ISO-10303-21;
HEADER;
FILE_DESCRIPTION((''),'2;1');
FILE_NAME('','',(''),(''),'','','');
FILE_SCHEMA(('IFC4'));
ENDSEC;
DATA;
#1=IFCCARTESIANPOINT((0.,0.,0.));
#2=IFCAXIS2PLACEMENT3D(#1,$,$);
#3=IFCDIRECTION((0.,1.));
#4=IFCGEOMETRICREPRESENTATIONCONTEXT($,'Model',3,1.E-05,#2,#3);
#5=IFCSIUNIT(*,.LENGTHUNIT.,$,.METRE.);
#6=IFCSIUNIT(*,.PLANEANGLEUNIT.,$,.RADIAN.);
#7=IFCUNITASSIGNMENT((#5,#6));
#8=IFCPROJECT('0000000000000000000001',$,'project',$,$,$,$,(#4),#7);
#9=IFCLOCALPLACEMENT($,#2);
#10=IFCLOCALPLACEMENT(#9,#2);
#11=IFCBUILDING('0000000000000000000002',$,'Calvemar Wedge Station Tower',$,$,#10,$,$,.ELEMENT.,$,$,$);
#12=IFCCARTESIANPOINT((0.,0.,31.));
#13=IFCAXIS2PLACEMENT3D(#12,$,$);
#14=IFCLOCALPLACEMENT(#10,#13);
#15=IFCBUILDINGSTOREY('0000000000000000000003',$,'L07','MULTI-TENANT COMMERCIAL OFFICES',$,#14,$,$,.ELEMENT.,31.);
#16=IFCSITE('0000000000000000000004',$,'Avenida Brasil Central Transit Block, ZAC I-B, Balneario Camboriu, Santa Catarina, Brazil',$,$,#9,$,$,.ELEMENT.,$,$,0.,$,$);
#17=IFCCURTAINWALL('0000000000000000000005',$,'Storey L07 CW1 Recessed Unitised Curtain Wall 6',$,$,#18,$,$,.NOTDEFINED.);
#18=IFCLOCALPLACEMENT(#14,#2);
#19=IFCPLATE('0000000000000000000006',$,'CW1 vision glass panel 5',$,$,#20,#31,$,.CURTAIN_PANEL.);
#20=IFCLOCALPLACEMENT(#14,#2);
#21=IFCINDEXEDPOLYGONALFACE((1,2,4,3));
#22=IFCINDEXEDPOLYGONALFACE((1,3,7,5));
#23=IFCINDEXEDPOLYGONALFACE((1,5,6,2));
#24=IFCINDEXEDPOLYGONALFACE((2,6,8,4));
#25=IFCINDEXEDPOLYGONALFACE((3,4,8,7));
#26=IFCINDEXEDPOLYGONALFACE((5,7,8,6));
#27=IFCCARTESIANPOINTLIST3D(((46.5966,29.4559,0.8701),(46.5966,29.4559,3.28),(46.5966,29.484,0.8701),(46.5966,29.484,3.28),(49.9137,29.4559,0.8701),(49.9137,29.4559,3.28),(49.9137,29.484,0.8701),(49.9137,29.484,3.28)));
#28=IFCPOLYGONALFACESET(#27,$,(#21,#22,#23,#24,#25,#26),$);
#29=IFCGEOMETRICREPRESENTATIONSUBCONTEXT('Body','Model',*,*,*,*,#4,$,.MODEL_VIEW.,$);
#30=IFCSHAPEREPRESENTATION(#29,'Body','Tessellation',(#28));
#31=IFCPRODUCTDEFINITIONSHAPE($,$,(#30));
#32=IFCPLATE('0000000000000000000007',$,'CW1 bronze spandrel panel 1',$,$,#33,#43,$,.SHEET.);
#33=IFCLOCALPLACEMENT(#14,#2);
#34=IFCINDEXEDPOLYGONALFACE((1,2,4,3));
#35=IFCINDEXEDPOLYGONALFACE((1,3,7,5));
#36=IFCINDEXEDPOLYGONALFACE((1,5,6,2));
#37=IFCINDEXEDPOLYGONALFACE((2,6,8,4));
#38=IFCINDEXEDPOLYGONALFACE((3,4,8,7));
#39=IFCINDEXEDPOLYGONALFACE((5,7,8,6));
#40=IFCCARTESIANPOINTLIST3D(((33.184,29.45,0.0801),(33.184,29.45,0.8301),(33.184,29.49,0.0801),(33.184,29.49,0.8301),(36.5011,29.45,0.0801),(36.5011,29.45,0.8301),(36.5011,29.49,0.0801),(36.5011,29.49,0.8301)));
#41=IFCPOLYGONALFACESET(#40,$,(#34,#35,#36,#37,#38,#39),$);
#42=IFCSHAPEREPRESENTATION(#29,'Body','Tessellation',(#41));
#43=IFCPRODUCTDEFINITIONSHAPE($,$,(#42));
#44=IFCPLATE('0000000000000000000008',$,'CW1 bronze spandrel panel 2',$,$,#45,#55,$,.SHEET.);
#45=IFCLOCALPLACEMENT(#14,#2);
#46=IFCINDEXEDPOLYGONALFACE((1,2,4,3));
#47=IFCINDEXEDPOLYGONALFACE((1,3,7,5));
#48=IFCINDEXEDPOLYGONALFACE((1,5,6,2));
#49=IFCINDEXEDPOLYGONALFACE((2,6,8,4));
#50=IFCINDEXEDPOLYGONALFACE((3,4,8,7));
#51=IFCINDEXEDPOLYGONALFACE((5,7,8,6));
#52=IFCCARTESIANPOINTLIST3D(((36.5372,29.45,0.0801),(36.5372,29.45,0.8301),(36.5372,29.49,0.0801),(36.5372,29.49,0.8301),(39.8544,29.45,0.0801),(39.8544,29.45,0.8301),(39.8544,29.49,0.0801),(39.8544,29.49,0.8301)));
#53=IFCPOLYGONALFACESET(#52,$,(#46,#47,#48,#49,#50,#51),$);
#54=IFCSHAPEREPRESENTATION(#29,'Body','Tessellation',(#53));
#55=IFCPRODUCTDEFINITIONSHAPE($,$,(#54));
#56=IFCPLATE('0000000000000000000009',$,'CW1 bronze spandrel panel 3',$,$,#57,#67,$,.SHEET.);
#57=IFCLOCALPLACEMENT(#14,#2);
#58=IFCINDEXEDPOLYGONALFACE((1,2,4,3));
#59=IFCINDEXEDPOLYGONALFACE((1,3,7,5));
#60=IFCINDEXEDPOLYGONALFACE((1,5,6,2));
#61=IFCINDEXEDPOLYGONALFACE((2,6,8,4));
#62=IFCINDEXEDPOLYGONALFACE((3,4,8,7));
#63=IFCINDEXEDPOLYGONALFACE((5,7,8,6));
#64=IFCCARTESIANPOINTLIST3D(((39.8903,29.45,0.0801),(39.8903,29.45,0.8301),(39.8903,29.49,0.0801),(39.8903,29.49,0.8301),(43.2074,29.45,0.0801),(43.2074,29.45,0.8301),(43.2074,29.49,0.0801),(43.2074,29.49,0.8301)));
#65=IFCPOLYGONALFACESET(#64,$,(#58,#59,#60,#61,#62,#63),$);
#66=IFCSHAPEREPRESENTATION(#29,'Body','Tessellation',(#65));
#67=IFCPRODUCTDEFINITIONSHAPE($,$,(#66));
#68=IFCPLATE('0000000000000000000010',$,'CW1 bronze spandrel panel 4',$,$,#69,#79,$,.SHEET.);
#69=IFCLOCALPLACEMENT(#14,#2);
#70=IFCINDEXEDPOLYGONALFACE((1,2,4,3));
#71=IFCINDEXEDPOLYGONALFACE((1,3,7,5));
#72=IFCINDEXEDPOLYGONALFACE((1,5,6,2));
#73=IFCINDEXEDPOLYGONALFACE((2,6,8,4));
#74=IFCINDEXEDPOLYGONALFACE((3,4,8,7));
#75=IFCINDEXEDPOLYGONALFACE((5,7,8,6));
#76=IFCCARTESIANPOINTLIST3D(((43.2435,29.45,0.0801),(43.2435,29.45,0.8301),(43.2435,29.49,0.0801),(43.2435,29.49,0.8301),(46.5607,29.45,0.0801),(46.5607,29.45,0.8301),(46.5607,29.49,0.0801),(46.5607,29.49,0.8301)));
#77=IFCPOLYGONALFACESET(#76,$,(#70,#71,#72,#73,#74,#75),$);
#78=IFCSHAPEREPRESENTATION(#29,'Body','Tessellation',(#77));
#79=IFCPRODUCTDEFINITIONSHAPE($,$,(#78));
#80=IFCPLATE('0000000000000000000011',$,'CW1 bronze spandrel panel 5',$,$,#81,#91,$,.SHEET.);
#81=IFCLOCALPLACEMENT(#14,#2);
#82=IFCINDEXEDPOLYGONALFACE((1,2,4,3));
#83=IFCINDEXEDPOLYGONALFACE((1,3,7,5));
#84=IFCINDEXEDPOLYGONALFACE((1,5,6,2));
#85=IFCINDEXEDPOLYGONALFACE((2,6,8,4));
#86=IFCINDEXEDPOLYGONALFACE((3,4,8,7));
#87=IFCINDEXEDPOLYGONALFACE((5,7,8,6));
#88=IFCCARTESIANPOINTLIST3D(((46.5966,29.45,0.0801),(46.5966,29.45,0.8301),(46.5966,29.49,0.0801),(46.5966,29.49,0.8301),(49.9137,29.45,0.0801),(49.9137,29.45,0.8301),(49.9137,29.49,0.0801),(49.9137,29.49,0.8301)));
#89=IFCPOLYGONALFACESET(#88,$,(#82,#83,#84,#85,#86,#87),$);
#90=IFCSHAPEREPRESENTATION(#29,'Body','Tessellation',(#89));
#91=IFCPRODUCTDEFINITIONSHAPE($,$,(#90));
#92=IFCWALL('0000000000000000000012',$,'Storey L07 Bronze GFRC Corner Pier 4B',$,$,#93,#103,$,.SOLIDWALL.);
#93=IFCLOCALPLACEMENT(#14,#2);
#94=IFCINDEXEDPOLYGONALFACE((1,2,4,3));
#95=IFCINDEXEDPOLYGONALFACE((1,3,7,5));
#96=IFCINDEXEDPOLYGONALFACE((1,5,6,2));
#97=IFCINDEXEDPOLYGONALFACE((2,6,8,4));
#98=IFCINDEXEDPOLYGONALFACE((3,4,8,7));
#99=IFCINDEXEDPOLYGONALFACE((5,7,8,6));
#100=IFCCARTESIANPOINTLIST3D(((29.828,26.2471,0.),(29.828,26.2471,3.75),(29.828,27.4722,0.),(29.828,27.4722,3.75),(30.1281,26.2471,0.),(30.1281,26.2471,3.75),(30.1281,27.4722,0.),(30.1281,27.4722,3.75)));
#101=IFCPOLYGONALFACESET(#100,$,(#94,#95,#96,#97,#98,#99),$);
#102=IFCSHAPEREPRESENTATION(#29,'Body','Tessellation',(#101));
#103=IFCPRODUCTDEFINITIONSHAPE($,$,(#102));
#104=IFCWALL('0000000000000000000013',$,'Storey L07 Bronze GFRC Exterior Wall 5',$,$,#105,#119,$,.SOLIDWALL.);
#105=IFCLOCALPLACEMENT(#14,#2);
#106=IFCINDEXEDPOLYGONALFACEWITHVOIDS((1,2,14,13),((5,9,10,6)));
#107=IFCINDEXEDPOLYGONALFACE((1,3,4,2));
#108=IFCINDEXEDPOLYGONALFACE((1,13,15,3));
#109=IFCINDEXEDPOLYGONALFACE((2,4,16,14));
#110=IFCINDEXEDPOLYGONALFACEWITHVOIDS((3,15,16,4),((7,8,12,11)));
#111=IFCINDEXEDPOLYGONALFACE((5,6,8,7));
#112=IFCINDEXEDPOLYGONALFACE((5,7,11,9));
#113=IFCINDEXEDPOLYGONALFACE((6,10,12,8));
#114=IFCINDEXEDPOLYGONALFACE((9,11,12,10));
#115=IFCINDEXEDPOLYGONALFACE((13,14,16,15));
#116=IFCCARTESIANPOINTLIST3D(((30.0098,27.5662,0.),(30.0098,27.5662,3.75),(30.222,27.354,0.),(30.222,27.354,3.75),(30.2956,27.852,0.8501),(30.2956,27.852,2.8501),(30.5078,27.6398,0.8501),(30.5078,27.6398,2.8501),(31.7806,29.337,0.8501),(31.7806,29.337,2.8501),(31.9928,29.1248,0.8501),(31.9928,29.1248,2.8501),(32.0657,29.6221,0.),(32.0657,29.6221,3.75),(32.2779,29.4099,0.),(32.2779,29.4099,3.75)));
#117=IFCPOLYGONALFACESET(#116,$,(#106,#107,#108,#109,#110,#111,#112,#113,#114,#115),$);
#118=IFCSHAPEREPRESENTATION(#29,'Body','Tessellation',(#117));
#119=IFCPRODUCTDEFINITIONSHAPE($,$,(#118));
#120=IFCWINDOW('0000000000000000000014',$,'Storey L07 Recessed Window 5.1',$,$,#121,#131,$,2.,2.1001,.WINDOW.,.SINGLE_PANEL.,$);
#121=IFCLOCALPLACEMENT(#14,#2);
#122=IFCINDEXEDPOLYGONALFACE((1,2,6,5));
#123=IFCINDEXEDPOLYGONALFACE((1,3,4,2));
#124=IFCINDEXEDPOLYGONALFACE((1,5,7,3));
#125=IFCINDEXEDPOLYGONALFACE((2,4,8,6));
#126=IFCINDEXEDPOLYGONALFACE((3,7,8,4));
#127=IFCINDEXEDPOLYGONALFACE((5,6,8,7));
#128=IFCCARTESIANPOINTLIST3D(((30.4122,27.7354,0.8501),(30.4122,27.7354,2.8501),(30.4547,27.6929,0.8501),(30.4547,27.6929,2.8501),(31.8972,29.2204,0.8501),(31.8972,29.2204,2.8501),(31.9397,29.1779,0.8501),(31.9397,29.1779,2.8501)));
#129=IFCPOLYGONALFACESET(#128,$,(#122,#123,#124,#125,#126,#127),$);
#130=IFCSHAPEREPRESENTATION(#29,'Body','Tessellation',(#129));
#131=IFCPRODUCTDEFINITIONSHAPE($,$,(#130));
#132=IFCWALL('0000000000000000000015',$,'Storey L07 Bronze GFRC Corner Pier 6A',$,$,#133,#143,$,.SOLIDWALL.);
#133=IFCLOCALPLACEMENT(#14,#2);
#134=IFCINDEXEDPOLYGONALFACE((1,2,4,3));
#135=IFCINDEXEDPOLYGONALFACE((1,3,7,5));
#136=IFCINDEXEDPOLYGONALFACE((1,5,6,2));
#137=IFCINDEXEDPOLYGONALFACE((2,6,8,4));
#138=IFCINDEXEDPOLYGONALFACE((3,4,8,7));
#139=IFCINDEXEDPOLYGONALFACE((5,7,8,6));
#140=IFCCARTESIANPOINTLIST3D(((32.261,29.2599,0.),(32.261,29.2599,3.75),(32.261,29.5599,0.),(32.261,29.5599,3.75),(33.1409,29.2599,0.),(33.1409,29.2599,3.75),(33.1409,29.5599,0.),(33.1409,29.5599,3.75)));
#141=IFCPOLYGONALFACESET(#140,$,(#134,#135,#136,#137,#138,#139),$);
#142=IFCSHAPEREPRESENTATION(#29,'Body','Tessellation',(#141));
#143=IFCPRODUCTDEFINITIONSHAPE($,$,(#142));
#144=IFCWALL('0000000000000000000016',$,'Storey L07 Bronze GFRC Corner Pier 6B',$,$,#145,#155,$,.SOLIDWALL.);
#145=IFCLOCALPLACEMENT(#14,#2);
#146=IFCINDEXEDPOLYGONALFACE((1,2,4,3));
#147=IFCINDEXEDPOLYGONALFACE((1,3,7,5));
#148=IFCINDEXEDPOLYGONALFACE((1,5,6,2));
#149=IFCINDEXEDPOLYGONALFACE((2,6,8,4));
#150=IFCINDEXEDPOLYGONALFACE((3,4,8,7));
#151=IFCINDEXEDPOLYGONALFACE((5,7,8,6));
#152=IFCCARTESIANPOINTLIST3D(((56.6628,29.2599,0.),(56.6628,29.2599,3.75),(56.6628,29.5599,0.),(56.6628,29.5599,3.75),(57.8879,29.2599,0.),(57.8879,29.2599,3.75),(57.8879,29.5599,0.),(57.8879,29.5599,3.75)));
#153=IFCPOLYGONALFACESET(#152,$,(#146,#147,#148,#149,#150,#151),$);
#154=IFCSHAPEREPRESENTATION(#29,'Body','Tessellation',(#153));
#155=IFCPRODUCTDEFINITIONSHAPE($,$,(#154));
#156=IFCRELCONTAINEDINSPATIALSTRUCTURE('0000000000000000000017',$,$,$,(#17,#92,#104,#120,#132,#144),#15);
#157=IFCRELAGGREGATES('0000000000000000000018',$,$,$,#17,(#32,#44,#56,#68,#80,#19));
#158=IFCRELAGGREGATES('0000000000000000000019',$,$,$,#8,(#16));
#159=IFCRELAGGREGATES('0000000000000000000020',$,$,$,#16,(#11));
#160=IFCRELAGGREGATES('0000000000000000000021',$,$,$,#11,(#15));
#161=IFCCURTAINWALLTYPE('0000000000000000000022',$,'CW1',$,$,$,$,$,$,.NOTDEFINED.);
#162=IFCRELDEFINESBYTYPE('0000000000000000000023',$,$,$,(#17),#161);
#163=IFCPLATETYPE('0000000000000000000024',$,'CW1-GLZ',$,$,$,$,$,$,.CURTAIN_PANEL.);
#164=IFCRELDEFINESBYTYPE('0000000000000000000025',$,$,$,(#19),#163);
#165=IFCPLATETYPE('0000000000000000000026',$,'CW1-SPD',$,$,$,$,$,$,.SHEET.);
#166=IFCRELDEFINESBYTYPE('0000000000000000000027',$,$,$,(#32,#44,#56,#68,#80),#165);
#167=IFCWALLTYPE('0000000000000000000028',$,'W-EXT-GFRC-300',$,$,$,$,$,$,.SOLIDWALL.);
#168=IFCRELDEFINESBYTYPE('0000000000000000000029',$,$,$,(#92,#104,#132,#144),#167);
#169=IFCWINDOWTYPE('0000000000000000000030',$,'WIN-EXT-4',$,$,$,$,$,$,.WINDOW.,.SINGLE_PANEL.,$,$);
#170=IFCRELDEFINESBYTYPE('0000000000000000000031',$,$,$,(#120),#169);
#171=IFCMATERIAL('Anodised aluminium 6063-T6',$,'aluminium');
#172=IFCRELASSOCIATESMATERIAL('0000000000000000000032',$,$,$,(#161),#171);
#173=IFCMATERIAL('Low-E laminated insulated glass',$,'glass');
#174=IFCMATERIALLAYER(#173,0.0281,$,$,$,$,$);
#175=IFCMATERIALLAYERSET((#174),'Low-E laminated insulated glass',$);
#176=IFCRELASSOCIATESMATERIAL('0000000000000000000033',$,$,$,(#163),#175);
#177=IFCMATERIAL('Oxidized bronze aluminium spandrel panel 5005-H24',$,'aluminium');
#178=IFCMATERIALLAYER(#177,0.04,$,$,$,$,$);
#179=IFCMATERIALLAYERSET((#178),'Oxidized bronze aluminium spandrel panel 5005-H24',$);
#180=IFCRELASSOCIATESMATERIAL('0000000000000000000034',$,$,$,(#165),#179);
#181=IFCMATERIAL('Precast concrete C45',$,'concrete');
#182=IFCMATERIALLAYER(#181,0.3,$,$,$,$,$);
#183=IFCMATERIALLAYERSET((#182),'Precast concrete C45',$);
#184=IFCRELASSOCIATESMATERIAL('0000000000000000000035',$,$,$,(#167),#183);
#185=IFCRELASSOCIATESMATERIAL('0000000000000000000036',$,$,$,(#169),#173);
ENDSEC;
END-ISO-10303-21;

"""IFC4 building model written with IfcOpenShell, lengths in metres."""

from ifc_helpers import new_model, si_unit, direction, frame, frame_2d, origin, place, context, subcontext, project, spatial, rectangle, extrude, source, transform, mapped, material, layer, layer_set, type_object, element, fill, aggregate, save


model = new_model("IFC4")

# Units and contexts
model_context = context("Model", 3, precision=1e-05, world=origin(), true_north=direction((0.0, 1.0)))
body_context = subcontext(model_context, "Body", "Model", "MODEL_VIEW")
ifc_project = project(units=[si_unit("LENGTHUNIT", "METRE"), si_unit("PLANEANGLEUNIT", "RADIAN")], contexts=[model_context])

# Site, building, storey
site_placement = place(None, origin())
site = spatial("IfcSite", under=ifc_project, at=site_placement, Name="Avenida Brasil Central Transit Block, ZAC I-B, Balneario Camboriu, Santa Catarina, Brazil", CompositionType="ELEMENT", RefElevation=0.0)
building_placement = place(site_placement, origin())
building = spatial("IfcBuilding", under=site, at=building_placement, Name="Calvemar Wedge Station Tower", CompositionType="ELEMENT")
storey_placement = place(building_placement, frame((0.0, 0.0, 31.0)))
storey = spatial("IfcBuildingStorey", under=building, at=storey_placement, Name="L07", Description="MULTI-TENANT COMMERCIAL OFFICES", CompositionType="ELEMENT", Elevation=31.0)

# Curtain wall, plates
ifc_material_1 = material(Name="Anodised aluminium 6063-T6", Category="aluminium")
curtain_wall_type = type_object("IfcCurtainWallType", Name="CW1", PredefinedType="NOTDEFINED", material=ifc_material_1)
curtain_wall_placement = place(storey_placement, origin())
curtain_wall = element("IfcCurtainWall", 1, at=curtain_wall_placement, inside=storey, type_object=curtain_wall_type, Name="Storey L07 CW1 Recessed Unitised Curtain Wall 6", PredefinedType="NOTDEFINED")
ifc_material_2 = material(Name="Low-E laminated insulated glass", Category="glass")
ifc_layer_1 = layer(ifc_material_2, 0.0281)
ifc_layer_set_1 = layer_set([ifc_layer_1], Name="Low-E laminated insulated glass")
plate_type_1 = type_object("IfcPlateType", Name="CW1-GLZ", PredefinedType="CURTAIN_PANEL", material=ifc_layer_set_1)
plate_1_placement = place(storey_placement, frame((46.5964, 29.47, 0.8701), z_axis=(0.0, 0.0, 1.0), x_axis=(1.0, 0.0, 0.0)))
plate_1 = element("IfcPlate", 2, at=plate_1_placement, type_object=plate_type_1, Name="CW1 vision glass panel 5", PredefinedType="CURTAIN_PANEL", context=body_context, shape_type="SweptSolid", body=[
    extrude(rectangle(XDim=3.3171, YDim=0.0281, at=frame_2d((1.6587, 0.0))), origin(), (0.0, 0.0, 1.0), 2.4099),
])
ifc_material_3 = material(Name="Oxidized bronze aluminium spandrel panel 5005-H24", Category="aluminium")
ifc_layer_2 = layer(ifc_material_3, 0.04)
ifc_layer_set_2 = layer_set([ifc_layer_2], Name="Oxidized bronze aluminium spandrel panel 5005-H24")
plate_type_2 = type_object("IfcPlateType", Name="CW1-SPD", PredefinedType="SHEET", material=ifc_layer_set_2)
plate_2_placement = place(storey_placement, frame((33.1838, 29.47, 0.0801), z_axis=(0.0, 0.0, 1.0), x_axis=(1.0, 0.0, 0.0)))
plate_2 = element("IfcPlate", 3, at=plate_2_placement, type_object=plate_type_2, Name="CW1 bronze spandrel panel 1", PredefinedType="SHEET", context=body_context, shape_type="SweptSolid", body=[
    extrude(rectangle(XDim=3.3171, YDim=0.04, at=frame_2d((1.6587, 0.0))), origin(), (0.0, 0.0, 1.0), 0.75),
])
plate_3_placement = place(storey_placement, frame((36.5371, 29.47, 0.0801), z_axis=(0.0, 0.0, 1.0), x_axis=(1.0, 0.0, 0.0)))
plate_3 = element("IfcPlate", 4, at=plate_3_placement, type_object=plate_type_2, Name="CW1 bronze spandrel panel 2", PredefinedType="SHEET", context=body_context, shape_type="SweptSolid", body=[
    extrude(rectangle(XDim=3.3171, YDim=0.04, at=frame_2d((1.6587, 0.0))), origin(), (0.0, 0.0, 1.0), 0.75),
])
plate_4_placement = place(storey_placement, frame((39.8901, 29.47, 0.0801), z_axis=(0.0, 0.0, 1.0), x_axis=(1.0, 0.0, 0.0)))
plate_4 = element("IfcPlate", 5, at=plate_4_placement, type_object=plate_type_2, Name="CW1 bronze spandrel panel 3", PredefinedType="SHEET", context=body_context, shape_type="SweptSolid", body=[
    extrude(rectangle(XDim=3.3171, YDim=0.04, at=frame_2d((1.6587, 0.0))), origin(), (0.0, 0.0, 1.0), 0.75),
])
plate_5_placement = place(storey_placement, frame((43.2434, 29.47, 0.0801), z_axis=(0.0, 0.0, 1.0), x_axis=(1.0, 0.0, 0.0)))
plate_5 = element("IfcPlate", 6, at=plate_5_placement, type_object=plate_type_2, Name="CW1 bronze spandrel panel 4", PredefinedType="SHEET", context=body_context, shape_type="SweptSolid", body=[
    extrude(rectangle(XDim=3.3171, YDim=0.04, at=frame_2d((1.6587, 0.0))), origin(), (0.0, 0.0, 1.0), 0.75),
])
plate_6_placement = place(storey_placement, frame((46.5964, 29.47, 0.0801), z_axis=(0.0, 0.0, 1.0), x_axis=(1.0, 0.0, 0.0)))
plate_6 = element("IfcPlate", 7, at=plate_6_placement, type_object=plate_type_2, Name="CW1 bronze spandrel panel 5", PredefinedType="SHEET", context=body_context, shape_type="SweptSolid", body=[
    extrude(rectangle(XDim=3.3171, YDim=0.04, at=frame_2d((1.6587, 0.0))), origin(), (0.0, 0.0, 1.0), 0.75),
])
aggregate(curtain_wall, [plate_2, plate_3, plate_4, plate_5, plate_6, plate_1])

# Wall
ifc_material_4 = material(Name="Precast concrete C45", Category="concrete")
ifc_layer_3 = layer(ifc_material_4, 0.3)
ifc_layer_set_3 = layer_set([ifc_layer_3], Name="Precast concrete C45")
wall_type = type_object("IfcWallType", Name="W-EXT-GFRC-300", PredefinedType="SOLIDWALL", material=ifc_layer_set_3)
wall_1_placement = place(storey_placement, frame((29.978, 26.2471, 0.0), z_axis=(0.0, 0.0, 1.0), x_axis=(0.0, 1.0, 0.0)))
element("IfcWall", 8, at=wall_1_placement, inside=storey, type_object=wall_type, Name="Storey L07 Bronze GFRC Corner Pier 4B", PredefinedType="SOLIDWALL", context=body_context, shape_type="SweptSolid", body=[
    extrude(rectangle(XDim=1.2251, YDim=0.3, at=frame_2d((0.6125, 0.0))), origin(), (0.0, 0.0, 1.0), 3.75),
])

# Wall, opening, window
wall_2_placement = place(storey_placement, frame((30.116, 27.4602, 0.0), z_axis=(0.0, 0.0, 1.0), x_axis=(0.707107, 0.707107, 0.0)))
wall_2 = element("IfcWall", 9, at=wall_2_placement, inside=storey, type_object=wall_type, Name="Storey L07 Bronze GFRC Exterior Wall 5", PredefinedType="SOLIDWALL", context=body_context, shape_type="SweptSolid", body=[
    extrude(rectangle(XDim=2.9075, YDim=0.3, at=frame_2d((1.4536, 0.0))), origin(), (0.0, 0.0, 1.0), 3.75),
])
shared_shape_1 = source(origin(), body_context, "Body", "SweptSolid", [
    extrude(rectangle(XDim=2.1001, YDim=2.0, at=frame_2d((1.05, 1.0))), frame((0.0, 0.1602, 0.0), z_axis=(0.0, -1.0, 0.0), x_axis=(1.0, 0.0, 0.0)), (0.0, 0.0, 1.0), 0.3201),
])
opening_placement = place(wall_2_placement, frame((0.4041, 0.0, 0.8501)))
opening = element("IfcOpeningElement", 10, at=opening_placement, cuts=wall_2, PredefinedType="OPENING", context=body_context, shape_type="MappedRepresentation", body=[
    mapped(shared_shape_1, transform((0.0, 0.0, 0.0), scale=1.0)),
])
window_type = type_object("IfcWindowType", Name="WIN-EXT-4", PartitioningType="SINGLE_PANEL", PredefinedType="WINDOW", material=ifc_material_2)
shared_shape_2 = source(origin(), body_context, "Body", "SweptSolid", [
    extrude(rectangle(XDim=2.1001, YDim=2.0, at=frame_2d((1.05, 1.0))), frame((0.0, -0.0149, 0.0), z_axis=(0.0, -1.0, 0.0), x_axis=(1.0, 0.0, 0.0)), (0.0, 0.0, 1.0), 0.0601),
])
window_placement = place(opening_placement, origin())
window = element("IfcWindow", 11, at=window_placement, inside=storey, type_object=window_type, Name="Storey L07 Recessed Window 5.1", OverallHeight=2.0, OverallWidth=2.1001, PartitioningType="SINGLE_PANEL", PredefinedType="WINDOW", context=body_context, shape_type="MappedRepresentation", body=[
    mapped(shared_shape_2, transform((0.0, 0.0, 0.0), scale=1.0)),
])
fill(opening, window)

# Walls
wall_3_placement = place(storey_placement, frame((32.261, 29.4099, 0.0), z_axis=(0.0, 0.0, 1.0), x_axis=(1.0, 0.0, 0.0)))
element("IfcWall", 12, at=wall_3_placement, inside=storey, type_object=wall_type, Name="Storey L07 Bronze GFRC Corner Pier 6A", PredefinedType="SOLIDWALL", context=body_context, shape_type="SweptSolid", body=[
    extrude(rectangle(XDim=0.8799, YDim=0.3, at=frame_2d((0.4399, 0.0))), origin(), (0.0, 0.0, 1.0), 3.75),
])
wall_4_placement = place(storey_placement, frame((56.6628, 29.4099, 0.0), z_axis=(0.0, 0.0, 1.0), x_axis=(1.0, 0.0, 0.0)))
element("IfcWall", 13, at=wall_4_placement, inside=storey, type_object=wall_type, Name="Storey L07 Bronze GFRC Corner Pier 6B", PredefinedType="SOLIDWALL", context=body_context, shape_type="SweptSolid", body=[
    extrude(rectangle(XDim=1.2251, YDim=0.3, at=frame_2d((0.6125, 0.0))), origin(), (0.0, 0.0, 1.0), 3.75),
])

save(model, "model.ifc")
